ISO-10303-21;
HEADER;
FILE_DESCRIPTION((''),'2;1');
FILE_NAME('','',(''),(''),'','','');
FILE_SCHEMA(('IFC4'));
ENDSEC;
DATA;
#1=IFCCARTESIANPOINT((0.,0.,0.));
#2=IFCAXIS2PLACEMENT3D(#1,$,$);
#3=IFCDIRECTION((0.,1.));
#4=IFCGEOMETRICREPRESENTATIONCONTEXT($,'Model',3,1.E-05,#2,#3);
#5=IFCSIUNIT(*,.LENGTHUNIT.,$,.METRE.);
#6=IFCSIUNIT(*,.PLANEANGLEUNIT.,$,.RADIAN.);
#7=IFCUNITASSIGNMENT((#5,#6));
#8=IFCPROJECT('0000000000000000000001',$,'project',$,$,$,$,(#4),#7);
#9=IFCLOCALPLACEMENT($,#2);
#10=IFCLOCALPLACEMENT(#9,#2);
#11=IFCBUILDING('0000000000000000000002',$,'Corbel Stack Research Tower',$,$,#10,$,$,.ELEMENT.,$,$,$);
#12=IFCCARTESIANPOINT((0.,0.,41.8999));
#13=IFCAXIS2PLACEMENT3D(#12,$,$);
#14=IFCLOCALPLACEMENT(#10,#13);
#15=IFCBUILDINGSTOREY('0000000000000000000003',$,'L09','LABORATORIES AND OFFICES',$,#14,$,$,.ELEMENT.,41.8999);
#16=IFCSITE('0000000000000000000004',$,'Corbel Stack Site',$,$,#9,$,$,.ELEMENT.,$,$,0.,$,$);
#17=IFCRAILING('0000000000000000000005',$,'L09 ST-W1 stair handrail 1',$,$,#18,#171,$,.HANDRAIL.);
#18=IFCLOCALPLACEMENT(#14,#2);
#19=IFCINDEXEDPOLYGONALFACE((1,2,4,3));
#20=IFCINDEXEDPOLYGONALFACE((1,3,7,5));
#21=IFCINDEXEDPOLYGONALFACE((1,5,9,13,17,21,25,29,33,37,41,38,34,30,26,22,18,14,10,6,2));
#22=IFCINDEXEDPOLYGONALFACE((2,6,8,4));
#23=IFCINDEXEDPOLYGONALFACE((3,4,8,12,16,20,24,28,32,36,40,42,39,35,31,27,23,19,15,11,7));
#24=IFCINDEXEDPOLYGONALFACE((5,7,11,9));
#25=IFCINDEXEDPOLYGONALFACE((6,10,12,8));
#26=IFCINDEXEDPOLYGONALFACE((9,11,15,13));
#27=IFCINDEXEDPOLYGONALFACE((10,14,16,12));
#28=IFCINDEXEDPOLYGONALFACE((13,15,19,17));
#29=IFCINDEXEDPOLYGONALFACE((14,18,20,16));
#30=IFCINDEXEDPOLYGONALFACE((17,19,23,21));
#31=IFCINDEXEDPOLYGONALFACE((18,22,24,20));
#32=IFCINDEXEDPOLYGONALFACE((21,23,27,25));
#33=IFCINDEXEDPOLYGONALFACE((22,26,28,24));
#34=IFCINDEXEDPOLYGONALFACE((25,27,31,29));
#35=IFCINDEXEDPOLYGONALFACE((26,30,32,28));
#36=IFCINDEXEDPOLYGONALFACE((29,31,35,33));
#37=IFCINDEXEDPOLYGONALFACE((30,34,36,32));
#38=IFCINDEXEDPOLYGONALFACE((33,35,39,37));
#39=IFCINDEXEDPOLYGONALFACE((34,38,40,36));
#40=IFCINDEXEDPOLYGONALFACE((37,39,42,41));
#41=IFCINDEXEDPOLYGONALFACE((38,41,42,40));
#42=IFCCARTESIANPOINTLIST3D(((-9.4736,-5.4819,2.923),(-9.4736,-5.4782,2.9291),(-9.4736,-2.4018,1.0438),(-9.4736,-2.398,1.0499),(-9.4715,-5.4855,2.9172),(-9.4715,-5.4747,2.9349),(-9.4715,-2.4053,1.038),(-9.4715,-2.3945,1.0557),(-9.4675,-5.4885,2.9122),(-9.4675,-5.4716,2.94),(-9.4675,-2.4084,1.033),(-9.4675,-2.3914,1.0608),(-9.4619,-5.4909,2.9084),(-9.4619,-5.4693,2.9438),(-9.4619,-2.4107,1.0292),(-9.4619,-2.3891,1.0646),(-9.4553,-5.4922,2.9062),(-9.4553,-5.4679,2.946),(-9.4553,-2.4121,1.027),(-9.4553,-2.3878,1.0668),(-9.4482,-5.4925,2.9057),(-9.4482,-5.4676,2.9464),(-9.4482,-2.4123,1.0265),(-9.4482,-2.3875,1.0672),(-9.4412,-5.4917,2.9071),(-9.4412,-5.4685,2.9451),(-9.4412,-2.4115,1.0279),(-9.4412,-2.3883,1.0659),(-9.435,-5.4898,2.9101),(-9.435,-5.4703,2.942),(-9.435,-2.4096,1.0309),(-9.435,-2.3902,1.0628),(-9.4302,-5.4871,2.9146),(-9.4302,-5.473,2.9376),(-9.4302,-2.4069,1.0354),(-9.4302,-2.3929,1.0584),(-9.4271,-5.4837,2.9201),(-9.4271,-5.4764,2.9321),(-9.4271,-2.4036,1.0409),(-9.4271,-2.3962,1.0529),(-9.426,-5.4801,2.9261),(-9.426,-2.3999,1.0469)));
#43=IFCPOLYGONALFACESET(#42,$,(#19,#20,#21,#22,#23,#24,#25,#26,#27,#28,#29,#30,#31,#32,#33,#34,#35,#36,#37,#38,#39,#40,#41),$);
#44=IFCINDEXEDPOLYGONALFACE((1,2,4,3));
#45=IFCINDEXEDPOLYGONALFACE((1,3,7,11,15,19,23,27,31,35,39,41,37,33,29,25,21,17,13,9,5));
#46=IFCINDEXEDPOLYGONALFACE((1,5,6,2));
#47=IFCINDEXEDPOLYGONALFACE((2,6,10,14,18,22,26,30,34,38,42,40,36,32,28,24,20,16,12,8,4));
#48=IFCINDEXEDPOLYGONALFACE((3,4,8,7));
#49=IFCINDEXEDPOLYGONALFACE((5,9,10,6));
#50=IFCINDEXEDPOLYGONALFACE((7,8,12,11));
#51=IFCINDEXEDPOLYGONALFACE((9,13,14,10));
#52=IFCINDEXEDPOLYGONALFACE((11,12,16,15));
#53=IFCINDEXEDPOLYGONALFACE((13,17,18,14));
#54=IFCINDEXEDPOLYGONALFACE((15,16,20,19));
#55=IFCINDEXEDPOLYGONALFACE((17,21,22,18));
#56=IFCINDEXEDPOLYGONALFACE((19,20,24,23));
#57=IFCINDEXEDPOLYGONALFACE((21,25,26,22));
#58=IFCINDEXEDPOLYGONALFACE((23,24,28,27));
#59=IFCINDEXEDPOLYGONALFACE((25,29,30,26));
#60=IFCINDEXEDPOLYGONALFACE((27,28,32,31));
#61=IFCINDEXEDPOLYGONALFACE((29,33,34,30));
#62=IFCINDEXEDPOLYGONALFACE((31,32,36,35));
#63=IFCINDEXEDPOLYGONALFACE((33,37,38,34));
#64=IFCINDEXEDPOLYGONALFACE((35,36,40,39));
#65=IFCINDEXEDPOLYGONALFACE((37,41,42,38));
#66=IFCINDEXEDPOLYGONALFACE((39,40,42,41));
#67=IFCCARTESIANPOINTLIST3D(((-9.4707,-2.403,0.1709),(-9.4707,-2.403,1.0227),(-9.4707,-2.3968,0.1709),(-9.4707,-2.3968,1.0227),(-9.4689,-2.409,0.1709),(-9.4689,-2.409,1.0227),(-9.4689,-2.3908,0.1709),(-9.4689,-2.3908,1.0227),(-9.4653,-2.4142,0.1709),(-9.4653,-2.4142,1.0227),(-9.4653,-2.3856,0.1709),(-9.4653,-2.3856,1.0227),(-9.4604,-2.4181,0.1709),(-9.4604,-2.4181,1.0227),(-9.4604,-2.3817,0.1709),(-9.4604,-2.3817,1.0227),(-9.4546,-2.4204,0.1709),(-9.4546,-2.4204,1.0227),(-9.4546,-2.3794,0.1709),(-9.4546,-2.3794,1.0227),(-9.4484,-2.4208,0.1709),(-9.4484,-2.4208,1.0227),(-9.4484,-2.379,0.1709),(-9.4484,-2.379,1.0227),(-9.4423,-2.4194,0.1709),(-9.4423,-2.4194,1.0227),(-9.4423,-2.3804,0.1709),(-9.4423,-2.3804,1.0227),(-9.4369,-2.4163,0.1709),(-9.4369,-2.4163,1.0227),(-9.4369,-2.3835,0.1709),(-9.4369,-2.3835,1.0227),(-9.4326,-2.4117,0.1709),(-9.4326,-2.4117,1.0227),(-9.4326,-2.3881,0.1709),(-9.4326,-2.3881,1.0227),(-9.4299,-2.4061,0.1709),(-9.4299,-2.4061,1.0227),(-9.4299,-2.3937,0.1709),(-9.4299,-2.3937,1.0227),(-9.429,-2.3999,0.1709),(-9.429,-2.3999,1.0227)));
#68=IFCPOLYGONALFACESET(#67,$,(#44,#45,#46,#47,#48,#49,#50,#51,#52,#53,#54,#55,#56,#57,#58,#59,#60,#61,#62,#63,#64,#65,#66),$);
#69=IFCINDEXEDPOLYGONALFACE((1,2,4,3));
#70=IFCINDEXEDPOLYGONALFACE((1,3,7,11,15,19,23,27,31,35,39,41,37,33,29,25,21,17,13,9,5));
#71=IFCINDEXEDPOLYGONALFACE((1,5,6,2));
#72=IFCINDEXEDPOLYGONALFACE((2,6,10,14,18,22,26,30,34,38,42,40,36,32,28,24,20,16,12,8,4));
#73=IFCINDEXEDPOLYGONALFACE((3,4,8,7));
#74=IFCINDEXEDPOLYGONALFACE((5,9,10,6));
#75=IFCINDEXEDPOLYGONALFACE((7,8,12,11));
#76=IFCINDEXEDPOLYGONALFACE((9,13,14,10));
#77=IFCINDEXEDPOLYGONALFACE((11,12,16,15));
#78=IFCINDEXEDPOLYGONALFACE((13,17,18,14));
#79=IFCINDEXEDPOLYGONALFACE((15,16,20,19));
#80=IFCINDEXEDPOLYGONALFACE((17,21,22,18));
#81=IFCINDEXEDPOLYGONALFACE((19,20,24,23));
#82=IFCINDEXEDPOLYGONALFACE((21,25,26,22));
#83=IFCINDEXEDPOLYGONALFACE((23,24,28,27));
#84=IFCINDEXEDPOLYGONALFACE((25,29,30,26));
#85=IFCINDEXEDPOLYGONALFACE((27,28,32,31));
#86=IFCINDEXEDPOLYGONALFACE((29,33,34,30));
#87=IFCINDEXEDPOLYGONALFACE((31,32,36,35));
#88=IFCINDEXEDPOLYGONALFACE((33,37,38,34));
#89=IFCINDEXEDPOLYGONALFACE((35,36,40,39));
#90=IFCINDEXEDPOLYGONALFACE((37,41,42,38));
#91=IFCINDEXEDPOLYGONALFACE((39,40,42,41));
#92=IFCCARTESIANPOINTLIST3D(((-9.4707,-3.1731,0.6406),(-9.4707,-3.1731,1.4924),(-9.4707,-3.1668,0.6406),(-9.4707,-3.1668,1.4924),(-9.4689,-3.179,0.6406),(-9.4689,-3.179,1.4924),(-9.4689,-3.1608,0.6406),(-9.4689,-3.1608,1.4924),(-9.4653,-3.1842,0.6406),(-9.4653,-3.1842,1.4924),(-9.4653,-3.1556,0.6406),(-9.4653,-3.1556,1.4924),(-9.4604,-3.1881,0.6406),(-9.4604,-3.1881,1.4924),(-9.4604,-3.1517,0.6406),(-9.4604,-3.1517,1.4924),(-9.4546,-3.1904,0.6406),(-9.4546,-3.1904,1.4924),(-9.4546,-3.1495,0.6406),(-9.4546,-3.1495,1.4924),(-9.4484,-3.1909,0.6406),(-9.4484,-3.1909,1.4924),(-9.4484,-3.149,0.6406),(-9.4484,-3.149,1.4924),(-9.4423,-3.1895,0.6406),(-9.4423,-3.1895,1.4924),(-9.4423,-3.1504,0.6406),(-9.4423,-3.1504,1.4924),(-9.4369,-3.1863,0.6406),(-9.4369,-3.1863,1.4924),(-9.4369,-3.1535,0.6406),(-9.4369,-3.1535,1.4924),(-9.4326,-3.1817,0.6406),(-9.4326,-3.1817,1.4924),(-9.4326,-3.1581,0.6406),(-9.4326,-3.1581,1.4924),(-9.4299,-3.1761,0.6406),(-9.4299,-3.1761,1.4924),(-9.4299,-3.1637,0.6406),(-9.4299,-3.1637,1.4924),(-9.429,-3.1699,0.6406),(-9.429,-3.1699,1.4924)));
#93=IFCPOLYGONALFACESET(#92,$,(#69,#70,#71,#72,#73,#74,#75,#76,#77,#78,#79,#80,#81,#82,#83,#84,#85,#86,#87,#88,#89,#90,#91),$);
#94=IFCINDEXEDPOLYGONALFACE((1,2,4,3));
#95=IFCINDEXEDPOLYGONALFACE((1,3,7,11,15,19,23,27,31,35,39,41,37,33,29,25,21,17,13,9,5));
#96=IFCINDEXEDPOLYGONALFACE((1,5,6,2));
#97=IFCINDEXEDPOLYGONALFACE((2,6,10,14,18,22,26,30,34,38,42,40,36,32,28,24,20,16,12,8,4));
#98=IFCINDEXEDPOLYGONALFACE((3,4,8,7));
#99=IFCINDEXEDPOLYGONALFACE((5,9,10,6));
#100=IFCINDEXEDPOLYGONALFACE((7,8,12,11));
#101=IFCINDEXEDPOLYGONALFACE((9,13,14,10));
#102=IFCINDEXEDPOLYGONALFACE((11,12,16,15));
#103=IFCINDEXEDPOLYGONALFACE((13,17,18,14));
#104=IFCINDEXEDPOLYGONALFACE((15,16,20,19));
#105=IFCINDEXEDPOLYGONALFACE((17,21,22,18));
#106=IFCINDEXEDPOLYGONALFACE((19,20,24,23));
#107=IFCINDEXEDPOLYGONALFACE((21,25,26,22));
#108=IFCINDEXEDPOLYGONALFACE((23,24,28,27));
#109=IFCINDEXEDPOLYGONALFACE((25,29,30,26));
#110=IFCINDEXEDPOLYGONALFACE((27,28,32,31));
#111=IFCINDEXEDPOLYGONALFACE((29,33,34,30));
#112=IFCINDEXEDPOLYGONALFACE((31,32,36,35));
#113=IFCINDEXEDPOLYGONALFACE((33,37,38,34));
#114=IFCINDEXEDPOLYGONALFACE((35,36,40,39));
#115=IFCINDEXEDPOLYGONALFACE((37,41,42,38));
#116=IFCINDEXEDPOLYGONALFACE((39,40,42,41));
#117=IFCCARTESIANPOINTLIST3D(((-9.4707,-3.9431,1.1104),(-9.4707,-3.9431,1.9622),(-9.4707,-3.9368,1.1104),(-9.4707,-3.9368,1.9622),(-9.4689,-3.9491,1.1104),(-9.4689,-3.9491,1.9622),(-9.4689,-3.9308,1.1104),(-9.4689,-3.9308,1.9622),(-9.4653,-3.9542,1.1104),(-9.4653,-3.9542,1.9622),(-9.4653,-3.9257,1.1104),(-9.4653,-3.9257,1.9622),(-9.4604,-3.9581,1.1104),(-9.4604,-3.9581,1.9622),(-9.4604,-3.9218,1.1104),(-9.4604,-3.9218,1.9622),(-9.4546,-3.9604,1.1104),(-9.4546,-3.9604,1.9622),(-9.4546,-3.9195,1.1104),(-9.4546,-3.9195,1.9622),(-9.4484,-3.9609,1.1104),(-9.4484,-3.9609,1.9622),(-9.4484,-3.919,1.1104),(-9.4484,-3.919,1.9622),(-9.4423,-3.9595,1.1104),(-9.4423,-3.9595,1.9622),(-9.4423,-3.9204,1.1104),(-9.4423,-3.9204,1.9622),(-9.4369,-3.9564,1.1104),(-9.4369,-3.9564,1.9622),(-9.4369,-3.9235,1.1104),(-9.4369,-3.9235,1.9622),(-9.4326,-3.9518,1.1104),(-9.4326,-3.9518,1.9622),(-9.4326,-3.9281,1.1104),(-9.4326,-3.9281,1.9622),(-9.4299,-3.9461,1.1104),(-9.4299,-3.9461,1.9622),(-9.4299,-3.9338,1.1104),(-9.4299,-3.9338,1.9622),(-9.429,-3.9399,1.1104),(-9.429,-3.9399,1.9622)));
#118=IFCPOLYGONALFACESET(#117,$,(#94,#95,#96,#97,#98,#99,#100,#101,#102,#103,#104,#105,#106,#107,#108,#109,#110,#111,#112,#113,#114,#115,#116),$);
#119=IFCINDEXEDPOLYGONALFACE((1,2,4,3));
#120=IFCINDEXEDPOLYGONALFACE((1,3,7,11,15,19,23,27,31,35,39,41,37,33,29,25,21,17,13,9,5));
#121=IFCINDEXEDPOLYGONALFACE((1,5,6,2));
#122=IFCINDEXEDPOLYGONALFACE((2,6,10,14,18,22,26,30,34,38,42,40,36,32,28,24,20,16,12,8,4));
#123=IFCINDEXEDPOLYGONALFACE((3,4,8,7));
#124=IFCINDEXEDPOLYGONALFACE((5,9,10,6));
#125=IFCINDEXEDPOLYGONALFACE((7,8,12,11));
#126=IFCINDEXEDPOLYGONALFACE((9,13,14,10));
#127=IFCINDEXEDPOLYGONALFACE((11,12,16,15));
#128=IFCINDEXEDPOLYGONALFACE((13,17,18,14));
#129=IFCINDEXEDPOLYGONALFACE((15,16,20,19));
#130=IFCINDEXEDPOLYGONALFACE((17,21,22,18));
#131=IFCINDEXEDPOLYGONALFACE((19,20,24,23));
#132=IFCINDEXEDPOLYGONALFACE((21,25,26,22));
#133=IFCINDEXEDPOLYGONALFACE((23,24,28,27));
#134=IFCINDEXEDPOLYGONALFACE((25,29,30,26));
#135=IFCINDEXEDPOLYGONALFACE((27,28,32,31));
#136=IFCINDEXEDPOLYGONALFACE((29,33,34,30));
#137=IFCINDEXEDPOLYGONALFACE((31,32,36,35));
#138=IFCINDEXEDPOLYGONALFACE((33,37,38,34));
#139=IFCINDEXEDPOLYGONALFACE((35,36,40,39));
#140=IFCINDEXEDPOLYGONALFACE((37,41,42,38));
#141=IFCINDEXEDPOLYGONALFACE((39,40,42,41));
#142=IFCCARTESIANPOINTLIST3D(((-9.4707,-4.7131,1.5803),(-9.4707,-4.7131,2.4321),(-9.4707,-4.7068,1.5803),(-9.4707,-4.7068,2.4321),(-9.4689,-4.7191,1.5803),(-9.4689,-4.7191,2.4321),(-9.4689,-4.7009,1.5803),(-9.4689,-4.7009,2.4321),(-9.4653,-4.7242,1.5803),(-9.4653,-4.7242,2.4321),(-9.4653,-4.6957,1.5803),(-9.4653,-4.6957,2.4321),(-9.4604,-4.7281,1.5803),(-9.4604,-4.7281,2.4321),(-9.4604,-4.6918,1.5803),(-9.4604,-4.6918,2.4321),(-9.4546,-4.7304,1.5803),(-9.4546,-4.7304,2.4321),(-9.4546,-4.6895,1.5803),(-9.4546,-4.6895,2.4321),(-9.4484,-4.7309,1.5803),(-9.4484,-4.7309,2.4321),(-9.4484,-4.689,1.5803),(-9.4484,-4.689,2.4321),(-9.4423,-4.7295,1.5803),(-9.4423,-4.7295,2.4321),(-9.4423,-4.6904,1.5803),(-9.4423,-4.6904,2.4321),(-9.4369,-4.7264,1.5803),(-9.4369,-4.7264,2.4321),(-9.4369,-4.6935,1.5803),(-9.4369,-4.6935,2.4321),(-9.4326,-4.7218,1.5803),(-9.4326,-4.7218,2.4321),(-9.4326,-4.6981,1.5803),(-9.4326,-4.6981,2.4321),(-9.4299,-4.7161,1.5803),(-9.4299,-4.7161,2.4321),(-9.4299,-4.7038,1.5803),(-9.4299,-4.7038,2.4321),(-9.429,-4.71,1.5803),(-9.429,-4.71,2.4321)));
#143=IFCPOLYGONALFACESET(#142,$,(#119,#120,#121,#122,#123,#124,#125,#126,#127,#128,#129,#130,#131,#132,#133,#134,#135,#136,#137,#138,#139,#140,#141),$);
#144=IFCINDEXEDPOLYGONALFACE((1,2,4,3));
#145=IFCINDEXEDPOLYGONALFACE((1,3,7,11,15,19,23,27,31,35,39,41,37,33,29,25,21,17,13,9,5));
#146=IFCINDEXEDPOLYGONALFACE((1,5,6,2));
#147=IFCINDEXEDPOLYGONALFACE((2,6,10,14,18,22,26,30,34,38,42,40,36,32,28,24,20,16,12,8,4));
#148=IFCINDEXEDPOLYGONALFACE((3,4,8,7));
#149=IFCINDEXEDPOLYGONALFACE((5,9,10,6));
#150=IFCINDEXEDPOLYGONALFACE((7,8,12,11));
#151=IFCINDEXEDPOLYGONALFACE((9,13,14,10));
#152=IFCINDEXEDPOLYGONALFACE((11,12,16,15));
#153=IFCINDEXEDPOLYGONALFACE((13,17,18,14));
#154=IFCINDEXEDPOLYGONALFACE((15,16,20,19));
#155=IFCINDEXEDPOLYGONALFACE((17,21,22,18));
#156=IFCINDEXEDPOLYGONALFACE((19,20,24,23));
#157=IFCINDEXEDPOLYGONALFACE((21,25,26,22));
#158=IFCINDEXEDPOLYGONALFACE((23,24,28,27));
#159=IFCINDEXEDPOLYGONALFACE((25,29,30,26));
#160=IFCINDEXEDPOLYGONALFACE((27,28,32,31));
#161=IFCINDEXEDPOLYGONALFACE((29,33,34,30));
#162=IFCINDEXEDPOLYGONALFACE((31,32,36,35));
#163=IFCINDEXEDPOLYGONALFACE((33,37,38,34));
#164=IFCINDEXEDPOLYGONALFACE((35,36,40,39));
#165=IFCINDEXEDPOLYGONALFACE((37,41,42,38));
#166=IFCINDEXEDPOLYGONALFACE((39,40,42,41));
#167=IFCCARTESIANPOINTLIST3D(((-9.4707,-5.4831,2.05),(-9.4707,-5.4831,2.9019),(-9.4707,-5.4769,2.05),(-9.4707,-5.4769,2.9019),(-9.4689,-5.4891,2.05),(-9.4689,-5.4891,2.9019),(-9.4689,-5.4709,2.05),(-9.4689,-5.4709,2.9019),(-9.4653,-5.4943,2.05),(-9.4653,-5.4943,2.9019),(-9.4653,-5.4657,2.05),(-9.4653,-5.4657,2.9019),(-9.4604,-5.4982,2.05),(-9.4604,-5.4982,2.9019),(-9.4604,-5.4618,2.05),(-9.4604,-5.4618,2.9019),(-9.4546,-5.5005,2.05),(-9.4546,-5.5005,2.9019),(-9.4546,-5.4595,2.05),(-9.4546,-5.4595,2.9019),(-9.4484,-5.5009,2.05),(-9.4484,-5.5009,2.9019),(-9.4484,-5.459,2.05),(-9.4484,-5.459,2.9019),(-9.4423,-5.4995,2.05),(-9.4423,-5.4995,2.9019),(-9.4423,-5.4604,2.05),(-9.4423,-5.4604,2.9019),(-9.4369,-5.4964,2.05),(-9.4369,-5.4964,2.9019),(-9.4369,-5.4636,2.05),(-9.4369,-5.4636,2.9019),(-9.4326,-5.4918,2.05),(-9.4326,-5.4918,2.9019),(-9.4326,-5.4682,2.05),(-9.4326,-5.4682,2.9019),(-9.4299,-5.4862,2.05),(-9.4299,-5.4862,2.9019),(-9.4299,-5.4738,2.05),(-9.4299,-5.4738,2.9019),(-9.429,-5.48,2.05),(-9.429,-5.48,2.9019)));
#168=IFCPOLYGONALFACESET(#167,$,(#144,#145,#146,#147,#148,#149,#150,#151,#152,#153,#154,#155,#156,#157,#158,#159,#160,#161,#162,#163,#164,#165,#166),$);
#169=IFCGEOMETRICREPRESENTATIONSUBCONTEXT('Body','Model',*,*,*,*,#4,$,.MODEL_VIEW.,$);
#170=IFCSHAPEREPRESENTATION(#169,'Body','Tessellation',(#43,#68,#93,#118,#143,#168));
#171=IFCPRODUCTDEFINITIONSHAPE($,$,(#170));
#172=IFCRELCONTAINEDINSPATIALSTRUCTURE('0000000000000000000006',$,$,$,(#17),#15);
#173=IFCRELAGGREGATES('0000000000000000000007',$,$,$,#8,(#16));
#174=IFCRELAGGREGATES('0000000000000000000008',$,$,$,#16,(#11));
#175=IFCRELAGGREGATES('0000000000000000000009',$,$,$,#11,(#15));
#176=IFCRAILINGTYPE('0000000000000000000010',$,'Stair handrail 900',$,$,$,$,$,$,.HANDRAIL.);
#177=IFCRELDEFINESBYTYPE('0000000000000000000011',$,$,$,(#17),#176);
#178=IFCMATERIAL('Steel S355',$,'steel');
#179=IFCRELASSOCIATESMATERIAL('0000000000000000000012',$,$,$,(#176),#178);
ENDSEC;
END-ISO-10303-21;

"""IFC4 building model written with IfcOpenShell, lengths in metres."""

from ifc_helpers import new_model, si_unit, direction, frame, origin, origin_2d, place, context, subcontext, project, spatial, circle, extrude, material, type_object, element, save


model = new_model("IFC4")

# Units and contexts
model_context = context("Model", 3, precision=1e-05, world=origin(), true_north=direction((0.0, 1.0)))
body_context = subcontext(model_context, "Body", "Model", "MODEL_VIEW")
ifc_project = project(units=[si_unit("LENGTHUNIT", "METRE"), si_unit("PLANEANGLEUNIT", "RADIAN")], contexts=[model_context])

# Site, building, storey
site_placement = place(None, origin())
site = spatial("IfcSite", under=ifc_project, at=site_placement, Name="Corbel Stack Site", CompositionType="ELEMENT", RefElevation=0.0)
building_placement = place(site_placement, origin())
building = spatial("IfcBuilding", under=site, at=building_placement, Name="Corbel Stack Research Tower", CompositionType="ELEMENT")
storey_placement = place(building_placement, frame((0.0, 0.0, 41.8999)))
storey = spatial("IfcBuildingStorey", under=building, at=storey_placement, Name="L09", Description="LABORATORIES AND OFFICES", CompositionType="ELEMENT", Elevation=41.8999)

# Railing
ifc_material_1 = material(Name="Steel S355", Category="steel")
railing_type_1 = type_object("IfcRailingType", Name="Stair handrail 900", PredefinedType="HANDRAIL", material=ifc_material_1)
railing_1_placement = place(storey_placement, frame((-9.45, -2.3999, 0.1709)))
element("IfcRailing", 1, at=railing_1_placement, inside=storey, type_object=railing_type_1, Name="L09 ST-W1 stair handrail 1", PredefinedType="HANDRAIL", context=body_context, shape_type="SweptSolid", body=[
    extrude(circle(Radius=0.0239, at=origin_2d()), frame((0.0, 0.0, 0.876), z_axis=(0.0, -0.853666, 0.52082), x_axis=(1.0, 0.0, 0.0)), (0.0, 0.0, 1.0), 3.6082),
    extrude(circle(Radius=0.021, at=origin_2d()), origin(), (0.0, 0.0, 1.0), 0.8518),
    extrude(circle(Radius=0.021, at=origin_2d()), frame((0.0, -0.77, 0.4697)), (0.0, 0.0, 1.0), 0.8518),
    extrude(circle(Radius=0.021, at=origin_2d()), frame((0.0, -1.54, 0.9395)), (0.0, 0.0, 1.0), 0.8518),
    extrude(circle(Radius=0.021, at=origin_2d()), frame((0.0, -2.3101, 1.4094)), (0.0, 0.0, 1.0), 0.8518),
    extrude(circle(Radius=0.021, at=origin_2d()), frame((0.0, -3.0801, 1.8792)), (0.0, 0.0, 1.0), 0.8518),
])

save(model, "model.ifc")
